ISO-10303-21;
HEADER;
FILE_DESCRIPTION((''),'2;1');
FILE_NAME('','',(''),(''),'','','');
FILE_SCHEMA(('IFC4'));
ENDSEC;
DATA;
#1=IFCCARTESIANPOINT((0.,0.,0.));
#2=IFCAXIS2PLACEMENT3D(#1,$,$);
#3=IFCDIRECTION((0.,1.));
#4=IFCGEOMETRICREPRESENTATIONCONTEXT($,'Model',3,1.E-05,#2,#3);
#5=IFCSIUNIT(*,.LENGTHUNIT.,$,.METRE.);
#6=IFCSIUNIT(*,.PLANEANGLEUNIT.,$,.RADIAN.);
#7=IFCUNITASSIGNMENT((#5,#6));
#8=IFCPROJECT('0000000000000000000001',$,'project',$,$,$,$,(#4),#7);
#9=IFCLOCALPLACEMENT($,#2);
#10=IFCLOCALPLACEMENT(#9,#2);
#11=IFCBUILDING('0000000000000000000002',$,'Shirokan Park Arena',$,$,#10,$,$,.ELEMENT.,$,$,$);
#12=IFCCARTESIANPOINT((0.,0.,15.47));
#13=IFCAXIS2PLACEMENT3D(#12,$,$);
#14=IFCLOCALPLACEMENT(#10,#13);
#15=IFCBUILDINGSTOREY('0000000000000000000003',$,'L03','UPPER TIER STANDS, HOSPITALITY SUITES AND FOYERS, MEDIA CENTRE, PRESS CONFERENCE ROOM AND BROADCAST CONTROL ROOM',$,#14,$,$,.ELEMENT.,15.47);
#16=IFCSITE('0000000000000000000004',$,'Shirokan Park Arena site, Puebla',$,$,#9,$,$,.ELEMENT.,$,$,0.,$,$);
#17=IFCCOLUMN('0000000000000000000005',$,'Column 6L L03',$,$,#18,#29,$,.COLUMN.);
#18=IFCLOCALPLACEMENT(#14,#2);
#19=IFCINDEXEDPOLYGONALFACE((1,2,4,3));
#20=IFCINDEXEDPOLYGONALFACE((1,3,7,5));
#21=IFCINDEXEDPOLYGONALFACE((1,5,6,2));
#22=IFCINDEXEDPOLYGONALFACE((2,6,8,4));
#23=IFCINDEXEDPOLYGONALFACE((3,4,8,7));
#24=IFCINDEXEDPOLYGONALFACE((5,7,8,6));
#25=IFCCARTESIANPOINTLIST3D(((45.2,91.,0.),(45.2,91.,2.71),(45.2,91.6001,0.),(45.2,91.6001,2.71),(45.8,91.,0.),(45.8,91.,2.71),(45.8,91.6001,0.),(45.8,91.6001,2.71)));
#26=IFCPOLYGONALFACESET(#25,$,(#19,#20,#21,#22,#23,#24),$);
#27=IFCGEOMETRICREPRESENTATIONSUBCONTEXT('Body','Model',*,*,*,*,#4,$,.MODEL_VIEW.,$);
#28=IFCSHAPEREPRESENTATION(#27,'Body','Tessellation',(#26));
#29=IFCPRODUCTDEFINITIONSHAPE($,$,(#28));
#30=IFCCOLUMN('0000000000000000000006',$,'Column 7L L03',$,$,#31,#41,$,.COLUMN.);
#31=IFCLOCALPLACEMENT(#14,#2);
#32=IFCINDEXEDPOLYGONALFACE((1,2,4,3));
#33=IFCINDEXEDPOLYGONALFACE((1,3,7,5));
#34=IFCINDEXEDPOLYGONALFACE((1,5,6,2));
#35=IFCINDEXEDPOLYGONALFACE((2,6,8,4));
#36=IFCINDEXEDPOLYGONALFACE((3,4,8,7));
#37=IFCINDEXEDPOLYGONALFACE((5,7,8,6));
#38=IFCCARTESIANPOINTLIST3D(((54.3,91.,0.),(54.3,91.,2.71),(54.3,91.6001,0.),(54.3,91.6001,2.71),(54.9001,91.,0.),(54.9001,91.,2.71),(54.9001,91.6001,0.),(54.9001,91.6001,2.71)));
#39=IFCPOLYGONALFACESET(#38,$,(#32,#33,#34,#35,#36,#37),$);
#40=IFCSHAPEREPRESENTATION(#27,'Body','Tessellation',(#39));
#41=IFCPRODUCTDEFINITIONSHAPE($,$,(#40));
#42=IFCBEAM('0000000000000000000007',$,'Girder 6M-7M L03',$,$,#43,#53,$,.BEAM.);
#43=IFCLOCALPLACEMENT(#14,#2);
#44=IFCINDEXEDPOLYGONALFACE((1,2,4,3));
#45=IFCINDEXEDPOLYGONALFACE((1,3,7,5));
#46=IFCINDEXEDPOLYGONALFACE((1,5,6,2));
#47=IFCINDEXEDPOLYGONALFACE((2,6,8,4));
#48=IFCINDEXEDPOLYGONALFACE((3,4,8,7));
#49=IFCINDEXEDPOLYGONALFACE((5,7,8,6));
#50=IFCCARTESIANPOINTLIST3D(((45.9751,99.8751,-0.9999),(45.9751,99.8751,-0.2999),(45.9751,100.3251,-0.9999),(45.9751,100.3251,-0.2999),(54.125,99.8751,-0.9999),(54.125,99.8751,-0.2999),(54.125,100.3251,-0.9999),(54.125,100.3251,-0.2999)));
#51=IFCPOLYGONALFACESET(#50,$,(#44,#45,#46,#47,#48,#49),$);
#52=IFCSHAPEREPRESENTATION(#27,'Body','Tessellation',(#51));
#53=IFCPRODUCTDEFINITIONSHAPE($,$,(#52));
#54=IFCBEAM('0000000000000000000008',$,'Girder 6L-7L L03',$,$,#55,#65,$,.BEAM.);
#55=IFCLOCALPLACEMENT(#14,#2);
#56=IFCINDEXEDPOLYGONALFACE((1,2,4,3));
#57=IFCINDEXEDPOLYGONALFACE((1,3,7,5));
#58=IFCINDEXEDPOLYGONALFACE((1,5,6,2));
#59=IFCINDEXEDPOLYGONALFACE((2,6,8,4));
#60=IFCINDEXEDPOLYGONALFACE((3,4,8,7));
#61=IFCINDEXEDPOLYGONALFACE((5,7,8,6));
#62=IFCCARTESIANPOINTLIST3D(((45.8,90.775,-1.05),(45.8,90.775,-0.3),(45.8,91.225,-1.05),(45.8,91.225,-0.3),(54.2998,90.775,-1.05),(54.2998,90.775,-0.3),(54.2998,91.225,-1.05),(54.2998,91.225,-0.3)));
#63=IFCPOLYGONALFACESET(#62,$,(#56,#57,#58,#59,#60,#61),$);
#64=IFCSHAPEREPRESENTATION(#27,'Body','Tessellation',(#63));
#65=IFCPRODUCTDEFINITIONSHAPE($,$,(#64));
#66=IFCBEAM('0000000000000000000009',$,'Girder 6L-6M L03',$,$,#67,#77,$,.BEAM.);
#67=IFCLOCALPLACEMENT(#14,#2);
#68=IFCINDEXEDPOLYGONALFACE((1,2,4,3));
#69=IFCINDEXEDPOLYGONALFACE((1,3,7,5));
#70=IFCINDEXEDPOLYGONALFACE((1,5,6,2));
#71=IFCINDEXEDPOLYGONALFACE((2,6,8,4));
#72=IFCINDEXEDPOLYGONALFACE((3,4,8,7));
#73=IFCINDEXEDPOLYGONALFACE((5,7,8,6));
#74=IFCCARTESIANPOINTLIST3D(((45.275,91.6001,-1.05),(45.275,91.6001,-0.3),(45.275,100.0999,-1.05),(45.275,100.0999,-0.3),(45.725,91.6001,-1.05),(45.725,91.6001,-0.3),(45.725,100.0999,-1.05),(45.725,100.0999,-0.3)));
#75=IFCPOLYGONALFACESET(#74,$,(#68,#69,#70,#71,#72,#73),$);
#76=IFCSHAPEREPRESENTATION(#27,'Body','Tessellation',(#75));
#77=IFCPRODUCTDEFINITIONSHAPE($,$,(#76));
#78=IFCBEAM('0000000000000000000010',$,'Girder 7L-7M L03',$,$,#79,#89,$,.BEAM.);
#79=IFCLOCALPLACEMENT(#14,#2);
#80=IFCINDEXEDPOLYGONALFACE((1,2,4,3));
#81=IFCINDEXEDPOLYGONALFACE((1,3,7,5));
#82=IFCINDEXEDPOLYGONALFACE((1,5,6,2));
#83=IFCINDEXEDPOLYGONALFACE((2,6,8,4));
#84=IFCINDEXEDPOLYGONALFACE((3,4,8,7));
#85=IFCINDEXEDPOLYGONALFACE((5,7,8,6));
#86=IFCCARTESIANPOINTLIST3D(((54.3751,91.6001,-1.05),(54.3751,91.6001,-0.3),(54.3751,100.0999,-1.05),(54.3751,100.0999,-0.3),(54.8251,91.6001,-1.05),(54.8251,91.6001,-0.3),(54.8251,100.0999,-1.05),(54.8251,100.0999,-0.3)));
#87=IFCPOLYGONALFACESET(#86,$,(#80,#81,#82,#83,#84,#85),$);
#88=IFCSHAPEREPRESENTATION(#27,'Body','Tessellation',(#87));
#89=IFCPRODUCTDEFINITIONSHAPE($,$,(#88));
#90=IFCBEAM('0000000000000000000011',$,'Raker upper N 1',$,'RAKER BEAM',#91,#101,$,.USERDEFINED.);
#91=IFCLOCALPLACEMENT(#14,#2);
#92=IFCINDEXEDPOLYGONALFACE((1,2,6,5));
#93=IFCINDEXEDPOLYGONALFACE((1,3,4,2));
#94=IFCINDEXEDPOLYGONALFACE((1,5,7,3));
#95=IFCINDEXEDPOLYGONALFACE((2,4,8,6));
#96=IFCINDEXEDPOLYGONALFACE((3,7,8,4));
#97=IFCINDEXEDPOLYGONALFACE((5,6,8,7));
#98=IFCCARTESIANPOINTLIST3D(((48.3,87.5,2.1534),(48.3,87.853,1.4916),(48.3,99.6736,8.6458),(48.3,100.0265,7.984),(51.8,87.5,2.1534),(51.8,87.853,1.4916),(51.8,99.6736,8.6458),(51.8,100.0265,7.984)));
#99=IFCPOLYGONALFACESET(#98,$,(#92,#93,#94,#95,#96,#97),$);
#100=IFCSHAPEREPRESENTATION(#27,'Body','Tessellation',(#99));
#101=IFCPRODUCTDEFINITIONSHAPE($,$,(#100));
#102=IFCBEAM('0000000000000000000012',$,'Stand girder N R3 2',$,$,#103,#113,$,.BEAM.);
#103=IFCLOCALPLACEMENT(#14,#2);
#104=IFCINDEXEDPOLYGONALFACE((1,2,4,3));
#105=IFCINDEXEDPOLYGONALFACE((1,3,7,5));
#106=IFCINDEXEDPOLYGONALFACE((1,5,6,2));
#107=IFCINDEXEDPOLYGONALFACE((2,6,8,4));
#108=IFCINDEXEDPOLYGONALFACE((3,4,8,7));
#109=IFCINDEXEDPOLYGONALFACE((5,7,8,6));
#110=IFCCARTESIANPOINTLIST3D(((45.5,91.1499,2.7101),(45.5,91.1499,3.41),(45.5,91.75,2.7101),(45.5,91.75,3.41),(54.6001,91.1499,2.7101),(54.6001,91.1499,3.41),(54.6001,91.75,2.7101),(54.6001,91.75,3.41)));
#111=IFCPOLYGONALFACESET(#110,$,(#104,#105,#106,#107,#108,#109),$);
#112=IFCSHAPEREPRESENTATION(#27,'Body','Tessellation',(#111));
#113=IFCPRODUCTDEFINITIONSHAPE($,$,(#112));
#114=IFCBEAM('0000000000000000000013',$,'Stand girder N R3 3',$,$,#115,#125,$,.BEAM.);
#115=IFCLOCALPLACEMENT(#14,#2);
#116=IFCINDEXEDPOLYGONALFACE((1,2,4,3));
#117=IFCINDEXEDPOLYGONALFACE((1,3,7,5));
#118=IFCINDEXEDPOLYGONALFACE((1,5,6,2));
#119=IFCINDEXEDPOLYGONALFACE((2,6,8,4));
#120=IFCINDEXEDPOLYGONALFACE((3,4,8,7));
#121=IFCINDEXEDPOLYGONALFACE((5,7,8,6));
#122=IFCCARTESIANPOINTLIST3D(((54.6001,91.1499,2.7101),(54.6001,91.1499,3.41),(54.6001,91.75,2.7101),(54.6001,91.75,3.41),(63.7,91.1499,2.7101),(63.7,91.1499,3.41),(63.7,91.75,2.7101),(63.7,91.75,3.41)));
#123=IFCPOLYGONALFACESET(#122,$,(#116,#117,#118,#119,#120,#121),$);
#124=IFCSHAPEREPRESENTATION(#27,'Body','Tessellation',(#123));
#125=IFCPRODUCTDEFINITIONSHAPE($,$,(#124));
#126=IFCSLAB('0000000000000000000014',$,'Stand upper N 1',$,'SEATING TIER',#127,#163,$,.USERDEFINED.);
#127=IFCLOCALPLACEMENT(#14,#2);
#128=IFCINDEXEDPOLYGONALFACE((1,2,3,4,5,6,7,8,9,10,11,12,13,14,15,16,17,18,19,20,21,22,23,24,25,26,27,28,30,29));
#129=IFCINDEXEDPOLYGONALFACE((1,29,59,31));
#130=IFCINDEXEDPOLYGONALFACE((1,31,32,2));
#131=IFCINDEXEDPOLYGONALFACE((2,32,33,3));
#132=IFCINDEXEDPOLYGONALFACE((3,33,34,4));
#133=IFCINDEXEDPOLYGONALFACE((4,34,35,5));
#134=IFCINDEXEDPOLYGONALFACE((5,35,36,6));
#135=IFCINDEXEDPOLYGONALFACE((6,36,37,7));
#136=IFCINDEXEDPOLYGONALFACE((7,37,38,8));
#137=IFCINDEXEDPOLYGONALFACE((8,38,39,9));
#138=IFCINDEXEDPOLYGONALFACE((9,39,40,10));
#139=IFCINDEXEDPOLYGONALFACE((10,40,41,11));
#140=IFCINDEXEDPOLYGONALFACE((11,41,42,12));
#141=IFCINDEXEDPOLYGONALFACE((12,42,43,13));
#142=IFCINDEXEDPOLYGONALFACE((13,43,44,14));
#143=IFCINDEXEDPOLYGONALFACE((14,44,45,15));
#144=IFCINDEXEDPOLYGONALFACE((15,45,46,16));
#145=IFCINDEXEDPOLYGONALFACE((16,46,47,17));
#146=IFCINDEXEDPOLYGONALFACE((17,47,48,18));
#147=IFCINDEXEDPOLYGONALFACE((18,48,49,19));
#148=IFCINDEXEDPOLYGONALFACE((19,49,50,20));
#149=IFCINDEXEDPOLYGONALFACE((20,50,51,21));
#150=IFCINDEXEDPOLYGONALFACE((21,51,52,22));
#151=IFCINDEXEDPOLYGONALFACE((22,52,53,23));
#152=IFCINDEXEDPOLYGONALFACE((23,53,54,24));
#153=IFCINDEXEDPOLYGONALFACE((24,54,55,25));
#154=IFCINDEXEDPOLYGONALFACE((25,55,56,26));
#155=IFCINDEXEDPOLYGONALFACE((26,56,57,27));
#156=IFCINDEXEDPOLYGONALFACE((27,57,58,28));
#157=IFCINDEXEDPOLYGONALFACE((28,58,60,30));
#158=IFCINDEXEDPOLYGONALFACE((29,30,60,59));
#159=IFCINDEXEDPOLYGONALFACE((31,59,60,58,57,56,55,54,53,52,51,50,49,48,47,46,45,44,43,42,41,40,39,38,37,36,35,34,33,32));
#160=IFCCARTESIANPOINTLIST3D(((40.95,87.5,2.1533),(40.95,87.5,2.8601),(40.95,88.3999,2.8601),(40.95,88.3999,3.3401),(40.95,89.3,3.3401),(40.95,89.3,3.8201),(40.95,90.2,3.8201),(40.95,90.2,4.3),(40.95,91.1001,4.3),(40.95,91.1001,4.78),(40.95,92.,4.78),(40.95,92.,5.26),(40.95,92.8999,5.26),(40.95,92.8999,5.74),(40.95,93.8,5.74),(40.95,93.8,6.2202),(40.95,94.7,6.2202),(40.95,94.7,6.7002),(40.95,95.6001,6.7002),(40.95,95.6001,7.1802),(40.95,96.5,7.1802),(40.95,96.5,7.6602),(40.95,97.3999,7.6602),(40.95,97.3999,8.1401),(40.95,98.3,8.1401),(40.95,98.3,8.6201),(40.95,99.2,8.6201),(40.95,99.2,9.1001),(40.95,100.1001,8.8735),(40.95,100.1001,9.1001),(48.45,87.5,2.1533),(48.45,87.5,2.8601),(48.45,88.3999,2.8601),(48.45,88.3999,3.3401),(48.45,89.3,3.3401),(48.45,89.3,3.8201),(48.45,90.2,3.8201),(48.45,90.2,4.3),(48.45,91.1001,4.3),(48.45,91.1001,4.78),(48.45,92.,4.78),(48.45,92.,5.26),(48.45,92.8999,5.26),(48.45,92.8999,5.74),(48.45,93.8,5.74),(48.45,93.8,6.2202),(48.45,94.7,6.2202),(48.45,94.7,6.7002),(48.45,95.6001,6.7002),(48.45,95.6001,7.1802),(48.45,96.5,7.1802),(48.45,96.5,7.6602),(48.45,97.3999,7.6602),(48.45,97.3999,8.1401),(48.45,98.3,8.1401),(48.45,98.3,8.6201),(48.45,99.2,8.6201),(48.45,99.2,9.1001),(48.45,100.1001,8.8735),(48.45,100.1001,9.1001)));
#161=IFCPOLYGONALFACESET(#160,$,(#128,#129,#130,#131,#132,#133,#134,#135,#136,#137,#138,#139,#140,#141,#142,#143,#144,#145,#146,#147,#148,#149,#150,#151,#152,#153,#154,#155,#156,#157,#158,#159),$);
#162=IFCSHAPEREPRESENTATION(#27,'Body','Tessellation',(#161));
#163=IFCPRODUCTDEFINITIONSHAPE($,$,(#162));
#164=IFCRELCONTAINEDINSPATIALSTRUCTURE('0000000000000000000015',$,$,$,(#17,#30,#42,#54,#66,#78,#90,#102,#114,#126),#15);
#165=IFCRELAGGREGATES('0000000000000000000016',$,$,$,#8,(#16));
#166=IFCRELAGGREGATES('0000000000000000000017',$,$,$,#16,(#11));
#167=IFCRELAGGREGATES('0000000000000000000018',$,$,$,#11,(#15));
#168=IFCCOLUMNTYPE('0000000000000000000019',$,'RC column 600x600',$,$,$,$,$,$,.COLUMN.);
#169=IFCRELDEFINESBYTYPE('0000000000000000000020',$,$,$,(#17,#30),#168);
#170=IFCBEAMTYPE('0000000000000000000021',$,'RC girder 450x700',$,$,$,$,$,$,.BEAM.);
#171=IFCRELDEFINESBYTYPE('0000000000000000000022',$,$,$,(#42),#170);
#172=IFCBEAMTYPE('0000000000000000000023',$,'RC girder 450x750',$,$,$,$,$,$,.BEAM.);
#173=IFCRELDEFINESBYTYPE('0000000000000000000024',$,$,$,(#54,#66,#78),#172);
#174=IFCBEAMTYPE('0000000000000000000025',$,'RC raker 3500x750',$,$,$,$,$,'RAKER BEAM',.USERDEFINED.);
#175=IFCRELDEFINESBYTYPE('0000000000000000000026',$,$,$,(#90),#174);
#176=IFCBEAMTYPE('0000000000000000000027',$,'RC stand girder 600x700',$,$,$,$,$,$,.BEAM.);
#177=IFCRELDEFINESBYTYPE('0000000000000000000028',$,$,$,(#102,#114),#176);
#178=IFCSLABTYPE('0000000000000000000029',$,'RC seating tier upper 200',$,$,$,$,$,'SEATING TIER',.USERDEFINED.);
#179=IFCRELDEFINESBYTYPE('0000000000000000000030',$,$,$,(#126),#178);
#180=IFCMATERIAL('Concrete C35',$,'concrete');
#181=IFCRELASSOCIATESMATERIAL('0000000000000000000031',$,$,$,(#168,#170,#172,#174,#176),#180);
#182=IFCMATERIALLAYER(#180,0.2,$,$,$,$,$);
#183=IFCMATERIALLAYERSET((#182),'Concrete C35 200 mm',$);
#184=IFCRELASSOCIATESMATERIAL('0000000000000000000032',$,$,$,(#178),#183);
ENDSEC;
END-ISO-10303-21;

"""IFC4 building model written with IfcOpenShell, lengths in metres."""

from ifc_helpers import new_model, si_unit, direction, frame, origin, origin_2d, place, context, subcontext, project, spatial, polyline, rectangle, outline, extrude, material, layer, layer_set, material_profile, profile_set, type_object, element, save


model = new_model("IFC4")

# Units and contexts
model_context = context("Model", 3, precision=1e-05, world=origin(), true_north=direction((0.0, 1.0)))
body_context = subcontext(model_context, "Body", "Model", "MODEL_VIEW")
ifc_project = project(units=[si_unit("LENGTHUNIT", "METRE"), si_unit("PLANEANGLEUNIT", "RADIAN")], contexts=[model_context])

# Site, building, storey
site_placement = place(None, origin())
site = spatial("IfcSite", under=ifc_project, at=site_placement, Name="Shirokan Park Arena site, Puebla", CompositionType="ELEMENT", RefElevation=0.0)
building_placement = place(site_placement, origin())
building = spatial("IfcBuilding", under=site, at=building_placement, Name="Shirokan Park Arena", CompositionType="ELEMENT")
storey_placement = place(building_placement, frame((0.0, 0.0, 15.47)))
storey = spatial("IfcBuildingStorey", under=building, at=storey_placement, Name="L03", Description="UPPER TIER STANDS, HOSPITALITY SUITES AND FOYERS, MEDIA CENTRE, PRESS CONFERENCE ROOM AND BROADCAST CONTROL ROOM", CompositionType="ELEMENT", Elevation=15.47)

# Columns
ifc_material_1 = material(Name="Concrete C35", Category="concrete")
ifc_material_profile_1 = material_profile(ifc_material_1, rectangle(XDim=0.6001, YDim=0.6001, at=origin_2d()), Name="600x600")
ifc_profile_set_1 = profile_set([ifc_material_profile_1], Name="Concrete C35")
column_type = type_object("IfcColumnType", Name="RC column 600x600", PredefinedType="COLUMN", material=ifc_profile_set_1)
for number, where, z_axis, x_axis, name in (
    (1, (45.5, 91.3, 0.0), (0.0, 0.0, 1.0), (1.0, 0.0, 0.0), "Column 6L L03"),
    (2, (54.6001, 91.3, 0.0), (0.0, 0.0, 1.0), (1.0, 0.0, 0.0), "Column 7L L03"),
):
    element("IfcColumn", number, at=place(storey_placement, frame(where, z_axis=z_axis, x_axis=x_axis)), inside=storey, type_object=column_type, Name=name, PredefinedType="COLUMN", context=body_context, shape_type="SweptSolid", body=[
        extrude(rectangle(XDim=0.6001, YDim=0.6001, at=origin_2d()), origin(), (0.0, 0.0, 1.0), 2.71),
    ])

# Beams
ifc_material_profile_2 = material_profile(ifc_material_1, rectangle(XDim=0.45, YDim=0.7, at=origin_2d()), Name="450x700")
ifc_profile_set_2 = profile_set([ifc_material_profile_2], Name="Concrete C35")
beam_type_1 = type_object("IfcBeamType", Name="RC girder 450x700", PredefinedType="BEAM", material=ifc_profile_set_2)
beam_1_placement = place(storey_placement, frame((45.9751, 100.1001, -0.6499), z_axis=(1.0, 0.0, 0.0), x_axis=(0.0, 1.0, 0.0)))
element("IfcBeam", 3, at=beam_1_placement, inside=storey, type_object=beam_type_1, Name="Girder 6M-7M L03", PredefinedType="BEAM", context=body_context, shape_type="SweptSolid", body=[
    extrude(rectangle(XDim=0.45, YDim=0.7, at=origin_2d()), origin(), (0.0, 0.0, 1.0), 8.1499),
])
ifc_material_profile_3 = material_profile(ifc_material_1, rectangle(XDim=0.45, YDim=0.75, at=origin_2d()), Name="450x750")
ifc_profile_set_3 = profile_set([ifc_material_profile_3], Name="Concrete C35")
beam_type_2 = type_object("IfcBeamType", Name="RC girder 450x750", PredefinedType="BEAM", material=ifc_profile_set_3)
for number, where, z_axis, x_axis, name in (
    (4, (45.8, 91.0, -0.675), (1.0, 0.0, 0.0), (0.0, 1.0, 0.0), "Girder 6L-7L L03"),
    (5, (45.5, 91.6001, -0.675), (0.0, 1.0, 0.0), (-1.0, 0.0, 0.0), "Girder 6L-6M L03"),
    (6, (54.6001, 91.6001, -0.675), (0.0, 1.0, 0.0), (-1.0, 0.0, 0.0), "Girder 7L-7M L03"),
):
    element("IfcBeam", number, at=place(storey_placement, frame(where, z_axis=z_axis, x_axis=x_axis)), inside=storey, type_object=beam_type_2, Name=name, PredefinedType="BEAM", context=body_context, shape_type="SweptSolid", body=[
        extrude(rectangle(XDim=0.45, YDim=0.75, at=origin_2d()), origin(), (0.0, 0.0, 1.0), 8.4998),
    ])
ifc_material_profile_4 = material_profile(ifc_material_1, rectangle(XDim=3.5, YDim=0.75, at=origin_2d()), Name="3500x750")
ifc_profile_set_4 = profile_set([ifc_material_profile_4], Name="Concrete C35")
beam_type_3 = type_object("IfcBeamType", Name="RC raker 3500x750", ElementType="RAKER BEAM", PredefinedType="USERDEFINED", material=ifc_profile_set_4)
beam_2_placement = place(storey_placement, frame((50.05, 87.6765, 1.8225), z_axis=(0.0, 0.882357, 0.47058), x_axis=(-1.0, 0.0, 0.0)))
element("IfcBeam", 7, at=beam_2_placement, inside=storey, type_object=beam_type_3, Name="Raker upper N 1", ObjectType="RAKER BEAM", PredefinedType="USERDEFINED", context=body_context, shape_type="SweptSolid", body=[
    extrude(rectangle(XDim=3.5, YDim=0.75, at=origin_2d()), origin(), (0.0, 0.0, 1.0), 13.7966),
])
ifc_material_profile_5 = material_profile(ifc_material_1, rectangle(XDim=0.6001, YDim=0.7, at=origin_2d()), Name="600x700")
ifc_profile_set_5 = profile_set([ifc_material_profile_5], Name="Concrete C35")
beam_type_4 = type_object("IfcBeamType", Name="RC stand girder 600x700", PredefinedType="BEAM", material=ifc_profile_set_5)
beam_3_placement = place(storey_placement, frame((45.5, 91.45, 3.0601), z_axis=(1.0, 0.0, 0.0), x_axis=(0.0, 1.0, 0.0)))
element("IfcBeam", 8, at=beam_3_placement, inside=storey, type_object=beam_type_4, Name="Stand girder N R3 2", PredefinedType="BEAM", context=body_context, shape_type="SweptSolid", body=[
    extrude(rectangle(XDim=0.6001, YDim=0.7, at=origin_2d()), origin(), (0.0, 0.0, 1.0), 9.1001),
])
beam_4_placement = place(storey_placement, frame((54.6001, 91.45, 3.0601), z_axis=(1.0, 0.0, 0.0), x_axis=(0.0, 1.0, 0.0)))
element("IfcBeam", 9, at=beam_4_placement, inside=storey, type_object=beam_type_4, Name="Stand girder N R3 3", PredefinedType="BEAM", context=body_context, shape_type="SweptSolid", body=[
    extrude(rectangle(XDim=0.6001, YDim=0.7, at=origin_2d()), origin(), (0.0, 0.0, 1.0), 9.0999),
])

# Slab
ifc_layer_1 = layer(ifc_material_1, 0.2)
ifc_layer_set_1 = layer_set([ifc_layer_1], Name="Concrete C35 200 mm")
slab_type = type_object("IfcSlabType", Name="RC seating tier upper 200", ElementType="SEATING TIER", PredefinedType="USERDEFINED", material=ifc_layer_set_1)
slab_1_placement = place(storey_placement, frame((44.7, 87.5, 2.8601), z_axis=(0.0, 0.0, 1.0), x_axis=(0.0, 1.0, 0.0)))
element("IfcSlab", 10, at=slab_1_placement, inside=storey, type_object=slab_type, Name="Stand upper N 1", ObjectType="SEATING TIER", PredefinedType="USERDEFINED", context=body_context, shape_type="SweptSolid", body=[
    extrude(outline(polyline([(0.0, 0.0), (0.8999, 0.0), (0.8999, 0.48), (1.8, 0.48), (1.8, 0.96), (2.7, 0.96), (2.7, 1.4399), (3.6001, 1.4399), (3.6001, 1.9199), (4.5, 1.9199), (4.5, 2.3999), (5.3999, 2.3999), (5.3999, 2.8799), (6.3, 2.8799), (6.3, 3.3601), (7.2, 3.3601), (7.2, 3.8401), (8.1001, 3.8401), (8.1001, 4.3201), (9.0, 4.3201), (9.0, 4.8), (9.8999, 4.8), (9.8999, 5.28), (10.8, 5.28), (10.8, 5.76), (11.7, 5.76), (11.7, 6.24), (12.6001, 6.24), (12.6001, 6.0134), (0.0, -0.7068), (0.0, 0.0)])), frame((0.0, 3.75, 0.0), z_axis=(0.0, -1.0, 0.0), x_axis=(1.0, 0.0, 0.0)), (0.0, 0.0, 1.0), 7.5),
])

save(model, "model.ifc")
